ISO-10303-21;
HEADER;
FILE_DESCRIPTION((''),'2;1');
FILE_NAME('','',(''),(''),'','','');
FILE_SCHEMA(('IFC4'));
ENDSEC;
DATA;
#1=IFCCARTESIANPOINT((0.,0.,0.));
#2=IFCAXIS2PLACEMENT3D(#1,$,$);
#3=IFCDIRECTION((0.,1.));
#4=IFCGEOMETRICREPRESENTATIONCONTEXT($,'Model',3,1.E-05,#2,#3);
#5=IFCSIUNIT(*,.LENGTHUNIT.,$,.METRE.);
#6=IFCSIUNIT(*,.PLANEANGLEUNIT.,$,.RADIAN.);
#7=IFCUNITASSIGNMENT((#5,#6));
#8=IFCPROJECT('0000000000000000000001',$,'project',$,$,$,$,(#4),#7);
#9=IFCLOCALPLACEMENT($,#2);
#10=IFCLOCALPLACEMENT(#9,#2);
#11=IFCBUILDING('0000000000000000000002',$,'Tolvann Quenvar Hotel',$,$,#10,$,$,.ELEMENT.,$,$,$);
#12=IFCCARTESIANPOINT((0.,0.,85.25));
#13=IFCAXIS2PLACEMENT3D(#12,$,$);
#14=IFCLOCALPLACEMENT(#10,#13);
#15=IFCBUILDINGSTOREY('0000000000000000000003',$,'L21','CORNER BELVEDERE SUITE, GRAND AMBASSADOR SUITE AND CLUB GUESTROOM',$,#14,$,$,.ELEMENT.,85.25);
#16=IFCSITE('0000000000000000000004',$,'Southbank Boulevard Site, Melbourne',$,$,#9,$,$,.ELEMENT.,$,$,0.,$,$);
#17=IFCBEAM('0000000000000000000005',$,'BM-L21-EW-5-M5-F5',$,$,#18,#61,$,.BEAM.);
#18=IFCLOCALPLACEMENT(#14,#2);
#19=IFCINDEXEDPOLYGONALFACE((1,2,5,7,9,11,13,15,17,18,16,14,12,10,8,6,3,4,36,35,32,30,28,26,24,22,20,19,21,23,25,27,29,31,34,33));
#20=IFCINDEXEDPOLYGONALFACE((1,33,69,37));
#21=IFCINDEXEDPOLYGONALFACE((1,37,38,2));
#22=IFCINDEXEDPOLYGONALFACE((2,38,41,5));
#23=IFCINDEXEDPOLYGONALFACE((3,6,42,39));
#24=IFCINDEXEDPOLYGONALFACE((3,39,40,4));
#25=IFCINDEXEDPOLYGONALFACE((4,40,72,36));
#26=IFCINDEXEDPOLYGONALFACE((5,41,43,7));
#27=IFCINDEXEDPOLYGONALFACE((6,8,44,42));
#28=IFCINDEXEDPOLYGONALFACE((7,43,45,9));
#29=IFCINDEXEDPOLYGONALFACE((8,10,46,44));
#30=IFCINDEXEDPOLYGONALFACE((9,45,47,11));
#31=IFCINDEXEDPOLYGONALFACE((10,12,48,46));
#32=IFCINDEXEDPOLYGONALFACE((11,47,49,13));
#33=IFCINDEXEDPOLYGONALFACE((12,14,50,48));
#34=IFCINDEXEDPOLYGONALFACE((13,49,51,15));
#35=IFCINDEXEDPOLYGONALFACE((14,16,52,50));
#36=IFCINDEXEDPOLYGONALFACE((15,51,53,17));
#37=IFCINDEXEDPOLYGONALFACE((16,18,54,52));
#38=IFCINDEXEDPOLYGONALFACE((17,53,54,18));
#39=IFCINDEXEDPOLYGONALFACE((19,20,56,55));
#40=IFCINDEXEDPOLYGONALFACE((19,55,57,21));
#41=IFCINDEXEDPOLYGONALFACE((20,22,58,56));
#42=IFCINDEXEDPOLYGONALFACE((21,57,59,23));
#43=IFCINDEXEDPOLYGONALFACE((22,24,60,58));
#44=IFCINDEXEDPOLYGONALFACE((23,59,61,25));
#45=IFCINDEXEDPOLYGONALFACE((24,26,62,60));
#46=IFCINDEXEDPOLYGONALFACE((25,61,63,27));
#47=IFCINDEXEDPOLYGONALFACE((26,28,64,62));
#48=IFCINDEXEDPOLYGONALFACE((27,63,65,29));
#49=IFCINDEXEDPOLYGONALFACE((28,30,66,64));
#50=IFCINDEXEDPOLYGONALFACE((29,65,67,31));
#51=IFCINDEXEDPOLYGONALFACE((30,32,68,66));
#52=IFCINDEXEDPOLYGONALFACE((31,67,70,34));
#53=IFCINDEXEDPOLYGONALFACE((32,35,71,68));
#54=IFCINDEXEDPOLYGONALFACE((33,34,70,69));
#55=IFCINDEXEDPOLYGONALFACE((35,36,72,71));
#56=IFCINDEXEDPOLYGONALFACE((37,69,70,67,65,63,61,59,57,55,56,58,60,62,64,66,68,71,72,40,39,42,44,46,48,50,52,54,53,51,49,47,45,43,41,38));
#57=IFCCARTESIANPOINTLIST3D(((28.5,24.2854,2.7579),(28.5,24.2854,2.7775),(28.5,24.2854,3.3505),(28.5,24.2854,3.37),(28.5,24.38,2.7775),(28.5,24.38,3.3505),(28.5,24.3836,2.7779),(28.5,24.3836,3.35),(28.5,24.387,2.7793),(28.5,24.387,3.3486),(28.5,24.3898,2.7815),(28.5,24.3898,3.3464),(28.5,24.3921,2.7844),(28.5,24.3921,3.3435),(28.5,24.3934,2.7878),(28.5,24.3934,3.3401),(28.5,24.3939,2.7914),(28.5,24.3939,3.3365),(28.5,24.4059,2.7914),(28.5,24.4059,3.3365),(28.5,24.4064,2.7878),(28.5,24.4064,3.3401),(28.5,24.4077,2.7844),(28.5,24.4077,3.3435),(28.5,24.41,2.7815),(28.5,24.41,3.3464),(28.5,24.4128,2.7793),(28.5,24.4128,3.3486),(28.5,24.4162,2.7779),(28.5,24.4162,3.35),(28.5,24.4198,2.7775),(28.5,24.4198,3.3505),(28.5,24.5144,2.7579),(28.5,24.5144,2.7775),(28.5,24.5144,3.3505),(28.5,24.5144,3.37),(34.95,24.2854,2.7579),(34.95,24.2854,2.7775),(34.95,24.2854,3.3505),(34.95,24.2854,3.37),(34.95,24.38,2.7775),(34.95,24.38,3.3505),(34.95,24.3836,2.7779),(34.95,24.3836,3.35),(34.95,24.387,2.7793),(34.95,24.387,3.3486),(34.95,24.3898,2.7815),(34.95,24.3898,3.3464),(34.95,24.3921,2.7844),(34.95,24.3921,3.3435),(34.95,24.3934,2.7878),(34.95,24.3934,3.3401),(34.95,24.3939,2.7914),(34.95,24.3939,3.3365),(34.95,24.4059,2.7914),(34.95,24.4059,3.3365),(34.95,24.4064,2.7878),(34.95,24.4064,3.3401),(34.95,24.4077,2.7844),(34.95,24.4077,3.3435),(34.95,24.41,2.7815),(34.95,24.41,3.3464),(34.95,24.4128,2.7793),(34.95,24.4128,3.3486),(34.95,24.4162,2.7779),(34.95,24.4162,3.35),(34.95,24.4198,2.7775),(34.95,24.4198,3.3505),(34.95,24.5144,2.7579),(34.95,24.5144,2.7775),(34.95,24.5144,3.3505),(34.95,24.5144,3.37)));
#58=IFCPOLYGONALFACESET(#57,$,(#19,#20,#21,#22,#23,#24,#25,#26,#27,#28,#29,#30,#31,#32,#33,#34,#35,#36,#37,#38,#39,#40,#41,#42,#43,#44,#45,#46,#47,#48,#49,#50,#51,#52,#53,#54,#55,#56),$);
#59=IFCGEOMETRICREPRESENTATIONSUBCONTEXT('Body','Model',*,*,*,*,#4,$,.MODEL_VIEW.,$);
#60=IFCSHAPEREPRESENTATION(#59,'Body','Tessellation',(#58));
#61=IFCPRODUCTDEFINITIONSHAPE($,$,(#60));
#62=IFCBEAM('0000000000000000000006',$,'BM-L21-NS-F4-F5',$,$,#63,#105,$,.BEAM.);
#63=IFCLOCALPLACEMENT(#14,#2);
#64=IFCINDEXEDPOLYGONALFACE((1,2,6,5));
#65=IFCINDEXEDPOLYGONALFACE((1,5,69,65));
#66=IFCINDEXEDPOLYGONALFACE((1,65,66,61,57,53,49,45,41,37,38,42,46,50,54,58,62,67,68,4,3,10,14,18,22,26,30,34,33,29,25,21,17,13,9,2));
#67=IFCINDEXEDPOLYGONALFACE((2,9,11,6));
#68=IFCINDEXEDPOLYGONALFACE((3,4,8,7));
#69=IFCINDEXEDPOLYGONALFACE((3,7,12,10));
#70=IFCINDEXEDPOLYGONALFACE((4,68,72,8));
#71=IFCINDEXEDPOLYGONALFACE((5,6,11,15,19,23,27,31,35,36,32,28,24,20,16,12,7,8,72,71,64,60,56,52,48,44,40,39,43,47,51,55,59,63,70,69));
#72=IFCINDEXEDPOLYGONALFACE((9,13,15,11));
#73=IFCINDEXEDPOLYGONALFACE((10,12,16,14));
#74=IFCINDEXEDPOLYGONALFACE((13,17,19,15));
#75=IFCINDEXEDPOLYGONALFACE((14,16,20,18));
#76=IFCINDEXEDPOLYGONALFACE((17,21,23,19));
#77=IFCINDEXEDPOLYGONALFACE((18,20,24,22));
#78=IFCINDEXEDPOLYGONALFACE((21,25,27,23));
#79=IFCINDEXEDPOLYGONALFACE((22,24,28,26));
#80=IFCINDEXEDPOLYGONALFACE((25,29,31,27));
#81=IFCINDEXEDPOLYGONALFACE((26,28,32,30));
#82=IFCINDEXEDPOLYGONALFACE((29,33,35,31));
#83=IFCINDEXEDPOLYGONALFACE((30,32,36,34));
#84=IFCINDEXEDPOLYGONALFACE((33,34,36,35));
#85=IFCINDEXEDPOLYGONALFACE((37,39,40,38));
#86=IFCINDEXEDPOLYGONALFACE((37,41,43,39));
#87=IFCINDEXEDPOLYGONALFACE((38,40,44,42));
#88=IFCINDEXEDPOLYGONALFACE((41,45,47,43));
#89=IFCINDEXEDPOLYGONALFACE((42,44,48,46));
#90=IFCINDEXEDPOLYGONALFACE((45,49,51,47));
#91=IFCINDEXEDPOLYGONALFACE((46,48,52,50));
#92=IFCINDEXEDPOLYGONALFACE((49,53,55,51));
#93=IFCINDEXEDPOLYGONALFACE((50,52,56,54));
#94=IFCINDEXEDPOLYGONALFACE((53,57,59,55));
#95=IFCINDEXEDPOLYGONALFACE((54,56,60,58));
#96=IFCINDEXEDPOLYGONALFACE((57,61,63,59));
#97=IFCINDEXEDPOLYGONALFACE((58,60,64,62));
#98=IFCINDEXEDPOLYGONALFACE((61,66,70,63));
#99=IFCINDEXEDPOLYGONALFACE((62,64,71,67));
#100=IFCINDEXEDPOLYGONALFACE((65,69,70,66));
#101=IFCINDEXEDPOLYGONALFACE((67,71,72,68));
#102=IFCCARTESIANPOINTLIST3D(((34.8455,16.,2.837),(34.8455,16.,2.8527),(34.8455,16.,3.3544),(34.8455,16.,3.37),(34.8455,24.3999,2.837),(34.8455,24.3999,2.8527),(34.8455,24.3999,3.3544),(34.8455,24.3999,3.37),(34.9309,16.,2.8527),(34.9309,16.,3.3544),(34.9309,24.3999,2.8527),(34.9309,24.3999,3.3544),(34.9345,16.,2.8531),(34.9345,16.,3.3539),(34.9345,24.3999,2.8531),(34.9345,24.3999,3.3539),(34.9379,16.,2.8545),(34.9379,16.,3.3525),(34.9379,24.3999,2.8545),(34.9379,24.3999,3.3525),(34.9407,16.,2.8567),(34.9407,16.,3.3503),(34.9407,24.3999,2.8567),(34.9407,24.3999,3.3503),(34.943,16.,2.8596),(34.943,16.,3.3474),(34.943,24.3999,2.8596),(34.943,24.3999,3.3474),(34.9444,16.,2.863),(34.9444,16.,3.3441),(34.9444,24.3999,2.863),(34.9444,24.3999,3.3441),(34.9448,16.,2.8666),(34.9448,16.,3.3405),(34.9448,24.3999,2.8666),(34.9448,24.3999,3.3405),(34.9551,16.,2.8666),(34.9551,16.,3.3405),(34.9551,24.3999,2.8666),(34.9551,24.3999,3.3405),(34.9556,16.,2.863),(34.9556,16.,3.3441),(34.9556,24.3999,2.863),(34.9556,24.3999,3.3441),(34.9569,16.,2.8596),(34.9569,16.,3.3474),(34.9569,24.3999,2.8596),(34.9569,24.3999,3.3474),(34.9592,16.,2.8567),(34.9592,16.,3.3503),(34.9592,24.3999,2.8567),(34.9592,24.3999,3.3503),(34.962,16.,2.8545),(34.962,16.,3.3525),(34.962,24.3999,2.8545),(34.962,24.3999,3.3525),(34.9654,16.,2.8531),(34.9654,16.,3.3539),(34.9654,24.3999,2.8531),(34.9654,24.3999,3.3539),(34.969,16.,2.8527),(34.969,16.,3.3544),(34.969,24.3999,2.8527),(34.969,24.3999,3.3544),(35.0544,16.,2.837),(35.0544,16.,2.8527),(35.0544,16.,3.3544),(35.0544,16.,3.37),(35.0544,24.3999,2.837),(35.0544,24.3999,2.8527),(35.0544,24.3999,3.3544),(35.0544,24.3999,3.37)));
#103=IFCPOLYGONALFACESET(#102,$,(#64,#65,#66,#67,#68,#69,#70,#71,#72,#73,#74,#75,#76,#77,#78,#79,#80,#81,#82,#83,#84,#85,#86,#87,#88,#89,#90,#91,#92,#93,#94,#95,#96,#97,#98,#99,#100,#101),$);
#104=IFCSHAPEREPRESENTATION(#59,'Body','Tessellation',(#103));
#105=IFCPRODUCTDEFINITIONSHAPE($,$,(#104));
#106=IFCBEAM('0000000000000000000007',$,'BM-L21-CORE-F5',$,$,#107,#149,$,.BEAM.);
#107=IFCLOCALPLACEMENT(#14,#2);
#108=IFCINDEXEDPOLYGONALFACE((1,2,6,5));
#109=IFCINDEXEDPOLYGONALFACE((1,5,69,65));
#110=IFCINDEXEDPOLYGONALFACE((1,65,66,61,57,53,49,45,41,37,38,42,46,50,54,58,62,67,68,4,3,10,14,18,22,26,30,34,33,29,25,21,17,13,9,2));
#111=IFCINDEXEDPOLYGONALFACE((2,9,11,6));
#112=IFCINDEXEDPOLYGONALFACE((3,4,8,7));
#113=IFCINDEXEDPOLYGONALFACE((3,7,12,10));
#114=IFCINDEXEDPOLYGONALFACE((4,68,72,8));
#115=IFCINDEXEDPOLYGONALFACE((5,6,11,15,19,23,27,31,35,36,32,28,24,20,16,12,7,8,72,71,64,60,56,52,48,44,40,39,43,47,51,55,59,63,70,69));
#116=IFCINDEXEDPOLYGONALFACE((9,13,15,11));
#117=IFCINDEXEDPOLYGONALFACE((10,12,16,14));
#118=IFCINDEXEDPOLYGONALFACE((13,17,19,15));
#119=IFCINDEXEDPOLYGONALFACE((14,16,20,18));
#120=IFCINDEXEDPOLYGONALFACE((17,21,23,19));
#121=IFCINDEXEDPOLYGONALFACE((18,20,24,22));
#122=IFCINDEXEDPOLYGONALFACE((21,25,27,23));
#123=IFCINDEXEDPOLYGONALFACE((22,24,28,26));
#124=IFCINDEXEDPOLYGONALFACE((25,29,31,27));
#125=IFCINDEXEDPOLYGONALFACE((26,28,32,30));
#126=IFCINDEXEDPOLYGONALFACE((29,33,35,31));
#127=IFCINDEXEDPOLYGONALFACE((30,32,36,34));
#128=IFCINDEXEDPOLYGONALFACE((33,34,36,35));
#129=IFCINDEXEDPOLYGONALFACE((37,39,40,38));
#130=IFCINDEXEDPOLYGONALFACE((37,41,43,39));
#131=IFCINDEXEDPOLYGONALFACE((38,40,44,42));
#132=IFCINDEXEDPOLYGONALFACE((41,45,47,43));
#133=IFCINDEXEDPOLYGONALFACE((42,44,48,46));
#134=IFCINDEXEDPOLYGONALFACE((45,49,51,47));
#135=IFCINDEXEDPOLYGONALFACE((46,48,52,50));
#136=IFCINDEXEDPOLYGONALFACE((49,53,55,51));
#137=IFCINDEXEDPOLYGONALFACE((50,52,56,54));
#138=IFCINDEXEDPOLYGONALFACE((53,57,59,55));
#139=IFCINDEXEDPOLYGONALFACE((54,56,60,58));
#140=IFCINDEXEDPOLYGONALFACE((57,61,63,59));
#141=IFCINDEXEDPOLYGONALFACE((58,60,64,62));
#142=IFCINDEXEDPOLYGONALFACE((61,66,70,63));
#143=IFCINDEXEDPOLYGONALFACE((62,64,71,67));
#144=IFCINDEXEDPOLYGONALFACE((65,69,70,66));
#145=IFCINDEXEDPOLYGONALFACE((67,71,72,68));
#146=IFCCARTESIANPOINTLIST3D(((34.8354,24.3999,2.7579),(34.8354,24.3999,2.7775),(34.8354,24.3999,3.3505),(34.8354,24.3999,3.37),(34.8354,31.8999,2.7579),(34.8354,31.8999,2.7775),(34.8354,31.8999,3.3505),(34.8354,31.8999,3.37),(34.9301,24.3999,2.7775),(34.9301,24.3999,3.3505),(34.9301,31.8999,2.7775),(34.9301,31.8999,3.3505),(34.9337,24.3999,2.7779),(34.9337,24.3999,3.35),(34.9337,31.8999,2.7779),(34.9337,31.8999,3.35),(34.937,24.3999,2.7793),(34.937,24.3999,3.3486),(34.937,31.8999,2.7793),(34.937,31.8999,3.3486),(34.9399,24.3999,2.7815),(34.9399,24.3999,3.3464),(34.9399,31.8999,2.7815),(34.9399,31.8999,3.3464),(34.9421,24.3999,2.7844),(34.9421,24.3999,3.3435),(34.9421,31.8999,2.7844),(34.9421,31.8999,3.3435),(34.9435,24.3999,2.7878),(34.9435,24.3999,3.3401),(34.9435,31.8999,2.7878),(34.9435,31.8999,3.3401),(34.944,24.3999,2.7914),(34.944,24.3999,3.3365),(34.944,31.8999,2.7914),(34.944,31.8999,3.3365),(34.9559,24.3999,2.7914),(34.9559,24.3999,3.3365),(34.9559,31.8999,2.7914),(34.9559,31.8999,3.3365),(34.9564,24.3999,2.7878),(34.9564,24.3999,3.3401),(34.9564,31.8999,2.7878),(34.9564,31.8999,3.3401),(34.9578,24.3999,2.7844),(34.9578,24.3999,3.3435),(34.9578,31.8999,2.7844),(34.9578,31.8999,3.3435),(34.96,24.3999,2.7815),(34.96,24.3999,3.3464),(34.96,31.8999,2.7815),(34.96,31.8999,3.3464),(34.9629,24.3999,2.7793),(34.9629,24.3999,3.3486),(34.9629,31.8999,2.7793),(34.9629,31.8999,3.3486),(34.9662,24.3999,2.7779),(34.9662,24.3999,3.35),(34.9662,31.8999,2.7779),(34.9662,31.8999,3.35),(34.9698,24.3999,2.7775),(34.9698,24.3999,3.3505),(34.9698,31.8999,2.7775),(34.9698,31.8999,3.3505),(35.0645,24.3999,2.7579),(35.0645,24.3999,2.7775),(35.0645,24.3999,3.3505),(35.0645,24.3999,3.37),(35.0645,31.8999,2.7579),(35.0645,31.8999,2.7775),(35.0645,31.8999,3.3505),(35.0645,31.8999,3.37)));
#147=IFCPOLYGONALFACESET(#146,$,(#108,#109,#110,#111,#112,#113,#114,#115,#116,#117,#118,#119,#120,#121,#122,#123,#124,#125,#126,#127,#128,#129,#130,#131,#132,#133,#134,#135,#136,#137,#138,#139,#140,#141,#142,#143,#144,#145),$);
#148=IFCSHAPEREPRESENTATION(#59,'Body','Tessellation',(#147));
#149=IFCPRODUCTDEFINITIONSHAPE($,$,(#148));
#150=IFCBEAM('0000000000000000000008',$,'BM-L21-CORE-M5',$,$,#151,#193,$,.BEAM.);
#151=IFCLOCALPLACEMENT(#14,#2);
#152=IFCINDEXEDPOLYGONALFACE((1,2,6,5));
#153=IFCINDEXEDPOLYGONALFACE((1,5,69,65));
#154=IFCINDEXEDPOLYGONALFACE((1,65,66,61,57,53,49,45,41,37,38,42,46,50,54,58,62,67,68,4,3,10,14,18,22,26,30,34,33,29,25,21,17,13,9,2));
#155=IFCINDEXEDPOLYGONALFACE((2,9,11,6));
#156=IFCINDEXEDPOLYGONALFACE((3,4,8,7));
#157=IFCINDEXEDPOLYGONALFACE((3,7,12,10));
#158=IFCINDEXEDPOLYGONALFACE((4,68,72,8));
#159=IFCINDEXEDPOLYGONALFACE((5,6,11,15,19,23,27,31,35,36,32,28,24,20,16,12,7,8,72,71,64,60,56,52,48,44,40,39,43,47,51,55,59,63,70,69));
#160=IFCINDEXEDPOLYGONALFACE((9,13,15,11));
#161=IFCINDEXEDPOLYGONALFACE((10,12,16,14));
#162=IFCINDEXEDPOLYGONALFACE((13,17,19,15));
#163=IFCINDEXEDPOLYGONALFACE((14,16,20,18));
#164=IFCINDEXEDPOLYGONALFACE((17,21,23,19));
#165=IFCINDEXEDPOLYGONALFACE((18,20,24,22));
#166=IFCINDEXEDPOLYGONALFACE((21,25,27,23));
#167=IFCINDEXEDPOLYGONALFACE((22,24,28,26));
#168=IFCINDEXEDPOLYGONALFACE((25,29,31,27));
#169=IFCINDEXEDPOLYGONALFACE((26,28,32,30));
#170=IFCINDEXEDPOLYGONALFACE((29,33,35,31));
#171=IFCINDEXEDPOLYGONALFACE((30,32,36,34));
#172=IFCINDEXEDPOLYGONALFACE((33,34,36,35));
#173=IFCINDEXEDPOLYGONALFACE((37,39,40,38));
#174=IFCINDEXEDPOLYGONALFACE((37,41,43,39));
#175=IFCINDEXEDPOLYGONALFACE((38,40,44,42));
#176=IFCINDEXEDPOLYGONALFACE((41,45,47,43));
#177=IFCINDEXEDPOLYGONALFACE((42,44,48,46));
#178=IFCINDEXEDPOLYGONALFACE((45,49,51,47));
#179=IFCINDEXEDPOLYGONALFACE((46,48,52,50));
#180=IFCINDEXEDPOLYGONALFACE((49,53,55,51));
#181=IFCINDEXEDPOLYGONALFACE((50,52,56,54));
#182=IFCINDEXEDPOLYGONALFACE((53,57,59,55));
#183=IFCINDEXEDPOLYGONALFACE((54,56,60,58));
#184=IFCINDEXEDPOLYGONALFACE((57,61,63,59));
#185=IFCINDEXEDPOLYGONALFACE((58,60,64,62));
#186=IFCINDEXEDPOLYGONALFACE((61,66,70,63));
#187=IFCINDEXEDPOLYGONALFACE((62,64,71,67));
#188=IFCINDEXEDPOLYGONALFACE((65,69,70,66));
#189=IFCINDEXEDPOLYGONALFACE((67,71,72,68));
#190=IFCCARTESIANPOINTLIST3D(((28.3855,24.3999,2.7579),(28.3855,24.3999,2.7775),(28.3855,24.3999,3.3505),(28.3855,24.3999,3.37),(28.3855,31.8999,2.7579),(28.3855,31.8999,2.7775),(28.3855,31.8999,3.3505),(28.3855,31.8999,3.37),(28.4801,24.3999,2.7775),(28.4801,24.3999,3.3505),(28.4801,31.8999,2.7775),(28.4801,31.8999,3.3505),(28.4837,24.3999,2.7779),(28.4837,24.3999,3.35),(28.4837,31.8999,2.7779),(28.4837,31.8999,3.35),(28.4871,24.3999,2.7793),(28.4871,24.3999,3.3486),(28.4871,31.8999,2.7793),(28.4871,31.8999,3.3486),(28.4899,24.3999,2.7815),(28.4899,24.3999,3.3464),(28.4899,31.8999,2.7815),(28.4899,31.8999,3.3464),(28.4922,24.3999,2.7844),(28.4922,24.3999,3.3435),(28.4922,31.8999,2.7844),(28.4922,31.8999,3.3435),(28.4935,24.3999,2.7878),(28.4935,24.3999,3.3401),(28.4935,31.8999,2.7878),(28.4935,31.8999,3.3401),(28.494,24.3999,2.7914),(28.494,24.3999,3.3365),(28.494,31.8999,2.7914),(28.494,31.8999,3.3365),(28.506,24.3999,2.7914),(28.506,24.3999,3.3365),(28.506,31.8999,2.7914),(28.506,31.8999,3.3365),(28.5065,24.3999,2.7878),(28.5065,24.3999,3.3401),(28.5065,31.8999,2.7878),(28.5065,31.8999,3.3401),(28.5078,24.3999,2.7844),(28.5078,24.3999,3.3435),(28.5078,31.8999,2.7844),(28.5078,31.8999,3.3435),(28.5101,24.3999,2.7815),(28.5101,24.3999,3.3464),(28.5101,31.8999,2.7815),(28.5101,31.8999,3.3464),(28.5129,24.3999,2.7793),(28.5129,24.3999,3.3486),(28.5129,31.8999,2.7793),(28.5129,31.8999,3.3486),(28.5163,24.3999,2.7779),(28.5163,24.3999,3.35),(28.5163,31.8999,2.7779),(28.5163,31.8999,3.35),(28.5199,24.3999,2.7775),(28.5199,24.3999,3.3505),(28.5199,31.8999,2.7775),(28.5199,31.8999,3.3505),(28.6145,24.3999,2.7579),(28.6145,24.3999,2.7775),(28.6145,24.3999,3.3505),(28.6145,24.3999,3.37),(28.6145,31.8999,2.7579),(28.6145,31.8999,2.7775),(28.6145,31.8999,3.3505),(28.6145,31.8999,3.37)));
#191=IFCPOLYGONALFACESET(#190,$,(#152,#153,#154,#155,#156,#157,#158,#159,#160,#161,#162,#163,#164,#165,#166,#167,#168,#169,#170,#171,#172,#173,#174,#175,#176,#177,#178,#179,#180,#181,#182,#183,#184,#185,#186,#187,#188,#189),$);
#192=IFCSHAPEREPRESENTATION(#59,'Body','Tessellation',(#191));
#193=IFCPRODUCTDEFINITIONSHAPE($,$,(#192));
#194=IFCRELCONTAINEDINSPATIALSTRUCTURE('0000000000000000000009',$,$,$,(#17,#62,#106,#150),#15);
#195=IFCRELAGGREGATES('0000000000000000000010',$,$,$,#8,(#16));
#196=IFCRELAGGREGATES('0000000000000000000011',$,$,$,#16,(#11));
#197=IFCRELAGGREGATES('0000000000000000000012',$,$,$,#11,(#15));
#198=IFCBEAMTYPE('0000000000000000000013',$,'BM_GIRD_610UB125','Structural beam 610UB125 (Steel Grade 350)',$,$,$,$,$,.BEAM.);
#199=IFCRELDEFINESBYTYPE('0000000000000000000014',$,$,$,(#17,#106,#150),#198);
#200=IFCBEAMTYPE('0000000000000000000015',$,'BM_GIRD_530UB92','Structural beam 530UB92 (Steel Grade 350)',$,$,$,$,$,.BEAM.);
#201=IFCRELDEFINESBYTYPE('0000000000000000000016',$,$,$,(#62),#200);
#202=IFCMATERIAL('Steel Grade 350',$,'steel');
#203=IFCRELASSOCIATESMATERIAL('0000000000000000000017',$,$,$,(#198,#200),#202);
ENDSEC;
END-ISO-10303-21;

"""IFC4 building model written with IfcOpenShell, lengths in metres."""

from ifc_helpers import new_model, si_unit, direction, frame, origin, origin_2d, place, context, subcontext, project, spatial, i_section, extrude, source, transform, mapped, material, material_profile, profile_set, type_object, type_shapes, element, save


model = new_model("IFC4")

# Units and contexts
model_context = context("Model", 3, precision=1e-05, world=origin(), true_north=direction((0.0, 1.0)))
body_context = subcontext(model_context, "Body", "Model", "MODEL_VIEW")
ifc_project = project(units=[si_unit("LENGTHUNIT", "METRE"), si_unit("PLANEANGLEUNIT", "RADIAN")], contexts=[model_context])

# Site, building, storey
site_placement = place(None, origin())
site = spatial("IfcSite", under=ifc_project, at=site_placement, Name="Southbank Boulevard Site, Melbourne", CompositionType="ELEMENT", RefElevation=0.0)
building_placement = place(site_placement, origin())
building = spatial("IfcBuilding", under=site, at=building_placement, Name="Tolvann Quenvar Hotel", CompositionType="ELEMENT")
storey_placement = place(building_placement, frame((0.0, 0.0, 85.25)))
storey = spatial("IfcBuildingStorey", under=building, at=storey_placement, Name="L21", Description="CORNER BELVEDERE SUITE, GRAND AMBASSADOR SUITE AND CLUB GUESTROOM", CompositionType="ELEMENT", Elevation=85.25)

# Shared definitions
ifc_material_1 = material(Name="Steel Grade 350", Category="steel")

# Beams
ifc_material_profile_1 = material_profile(ifc_material_1, i_section(OverallWidth=0.229, OverallDepth=0.6121, WebThickness=0.012, FlangeThickness=0.0195, FilletRadius=0.0139, at=origin_2d()), Name="610UB125")
ifc_profile_set_1 = profile_set([ifc_material_profile_1], Name="Steel Grade 350")
beam_type_1 = type_object("IfcBeamType", Name="BM_GIRD_610UB125", Description="Structural beam 610UB125 (Steel Grade 350)", PredefinedType="BEAM", material=ifc_profile_set_1)
shared_shape_1 = source(origin(), body_context, "Body", "SweptSolid", [
    extrude(i_section(OverallWidth=0.229, OverallDepth=0.6121, WebThickness=0.012, FlangeThickness=0.0195, FilletRadius=0.0139, at=origin_2d()), origin(), (0.0, 0.0, 1.0), 6.45),
])
beam_1_placement = place(storey_placement, frame((28.5, 24.3999, 3.064), z_axis=(1.0, 0.0, 0.0), x_axis=(0.0, 1.0, 0.0)))
element("IfcBeam", 1, at=beam_1_placement, inside=storey, type_object=beam_type_1, Name="BM-L21-EW-5-M5-F5", PredefinedType="BEAM", context=body_context, shape_type="MappedRepresentation", body=[
    mapped(shared_shape_1, transform((0.0, 0.0, 0.0), x_axis=(1.0, 0.0, 0.0), y_axis=(0.0, 1.0, 0.0), z_axis=(0.0, 0.0, 1.0), scale=1.0)),
])
ifc_material_profile_2 = material_profile(ifc_material_1, i_section(OverallWidth=0.209, OverallDepth=0.533, WebThickness=0.0103, FlangeThickness=0.0156, FilletRadius=0.0139, at=origin_2d()), Name="530UB92")
ifc_profile_set_2 = profile_set([ifc_material_profile_2], Name="Steel Grade 350")
beam_type_2 = type_object("IfcBeamType", Name="BM_GIRD_530UB92", Description="Structural beam 530UB92 (Steel Grade 350)", PredefinedType="BEAM", material=ifc_profile_set_2)
shared_shape_2 = source(origin(), body_context, "Body", "SweptSolid", [
    extrude(i_section(OverallWidth=0.209, OverallDepth=0.533, WebThickness=0.0103, FlangeThickness=0.0156, FilletRadius=0.0139, at=origin_2d()), origin(), (0.0, 0.0, 1.0), 8.3999),
])
type_shapes(beam_type_2, [shared_shape_2])
beam_2_placement = place(storey_placement, frame((34.95, 16.0, 3.1035), z_axis=(0.0, 1.0, 0.0), x_axis=(-1.0, 0.0, 0.0)))
element("IfcBeam", 2, at=beam_2_placement, inside=storey, type_object=beam_type_2, Name="BM-L21-NS-F4-F5", PredefinedType="BEAM", context=body_context, shape_type="MappedRepresentation", body=[
    mapped(shared_shape_2, transform((0.0, 0.0, 0.0), x_axis=(1.0, 0.0, 0.0), y_axis=(0.0, 1.0, 0.0), z_axis=(0.0, 0.0, 1.0), scale=1.0)),
])
shared_shape_3 = source(origin(), body_context, "Body", "SweptSolid", [
    extrude(i_section(OverallWidth=0.229, OverallDepth=0.6121, WebThickness=0.012, FlangeThickness=0.0195, FilletRadius=0.0139, at=origin_2d()), origin(), (0.0, 0.0, 1.0), 7.5),
])
for number, where, z_axis, x_axis, name in (
    (3, (34.95, 24.3999, 3.064), (0.0, 1.0, 0.0), (-1.0, 0.0, 0.0), "BM-L21-CORE-F5"),
    (4, (28.5, 24.3999, 3.064), (0.0, 1.0, 0.0), (-1.0, 0.0, 0.0), "BM-L21-CORE-M5"),
):
    element("IfcBeam", number, at=place(storey_placement, frame(where, z_axis=z_axis, x_axis=x_axis)), inside=storey, type_object=beam_type_1, Name=name, PredefinedType="BEAM", context=body_context, shape_type="MappedRepresentation", body=[
        mapped(shared_shape_3, transform((0.0, 0.0, 0.0), x_axis=(1.0, 0.0, 0.0), y_axis=(0.0, 1.0, 0.0), z_axis=(0.0, 0.0, 1.0), scale=1.0)),
    ])

save(model, "model.ifc")
